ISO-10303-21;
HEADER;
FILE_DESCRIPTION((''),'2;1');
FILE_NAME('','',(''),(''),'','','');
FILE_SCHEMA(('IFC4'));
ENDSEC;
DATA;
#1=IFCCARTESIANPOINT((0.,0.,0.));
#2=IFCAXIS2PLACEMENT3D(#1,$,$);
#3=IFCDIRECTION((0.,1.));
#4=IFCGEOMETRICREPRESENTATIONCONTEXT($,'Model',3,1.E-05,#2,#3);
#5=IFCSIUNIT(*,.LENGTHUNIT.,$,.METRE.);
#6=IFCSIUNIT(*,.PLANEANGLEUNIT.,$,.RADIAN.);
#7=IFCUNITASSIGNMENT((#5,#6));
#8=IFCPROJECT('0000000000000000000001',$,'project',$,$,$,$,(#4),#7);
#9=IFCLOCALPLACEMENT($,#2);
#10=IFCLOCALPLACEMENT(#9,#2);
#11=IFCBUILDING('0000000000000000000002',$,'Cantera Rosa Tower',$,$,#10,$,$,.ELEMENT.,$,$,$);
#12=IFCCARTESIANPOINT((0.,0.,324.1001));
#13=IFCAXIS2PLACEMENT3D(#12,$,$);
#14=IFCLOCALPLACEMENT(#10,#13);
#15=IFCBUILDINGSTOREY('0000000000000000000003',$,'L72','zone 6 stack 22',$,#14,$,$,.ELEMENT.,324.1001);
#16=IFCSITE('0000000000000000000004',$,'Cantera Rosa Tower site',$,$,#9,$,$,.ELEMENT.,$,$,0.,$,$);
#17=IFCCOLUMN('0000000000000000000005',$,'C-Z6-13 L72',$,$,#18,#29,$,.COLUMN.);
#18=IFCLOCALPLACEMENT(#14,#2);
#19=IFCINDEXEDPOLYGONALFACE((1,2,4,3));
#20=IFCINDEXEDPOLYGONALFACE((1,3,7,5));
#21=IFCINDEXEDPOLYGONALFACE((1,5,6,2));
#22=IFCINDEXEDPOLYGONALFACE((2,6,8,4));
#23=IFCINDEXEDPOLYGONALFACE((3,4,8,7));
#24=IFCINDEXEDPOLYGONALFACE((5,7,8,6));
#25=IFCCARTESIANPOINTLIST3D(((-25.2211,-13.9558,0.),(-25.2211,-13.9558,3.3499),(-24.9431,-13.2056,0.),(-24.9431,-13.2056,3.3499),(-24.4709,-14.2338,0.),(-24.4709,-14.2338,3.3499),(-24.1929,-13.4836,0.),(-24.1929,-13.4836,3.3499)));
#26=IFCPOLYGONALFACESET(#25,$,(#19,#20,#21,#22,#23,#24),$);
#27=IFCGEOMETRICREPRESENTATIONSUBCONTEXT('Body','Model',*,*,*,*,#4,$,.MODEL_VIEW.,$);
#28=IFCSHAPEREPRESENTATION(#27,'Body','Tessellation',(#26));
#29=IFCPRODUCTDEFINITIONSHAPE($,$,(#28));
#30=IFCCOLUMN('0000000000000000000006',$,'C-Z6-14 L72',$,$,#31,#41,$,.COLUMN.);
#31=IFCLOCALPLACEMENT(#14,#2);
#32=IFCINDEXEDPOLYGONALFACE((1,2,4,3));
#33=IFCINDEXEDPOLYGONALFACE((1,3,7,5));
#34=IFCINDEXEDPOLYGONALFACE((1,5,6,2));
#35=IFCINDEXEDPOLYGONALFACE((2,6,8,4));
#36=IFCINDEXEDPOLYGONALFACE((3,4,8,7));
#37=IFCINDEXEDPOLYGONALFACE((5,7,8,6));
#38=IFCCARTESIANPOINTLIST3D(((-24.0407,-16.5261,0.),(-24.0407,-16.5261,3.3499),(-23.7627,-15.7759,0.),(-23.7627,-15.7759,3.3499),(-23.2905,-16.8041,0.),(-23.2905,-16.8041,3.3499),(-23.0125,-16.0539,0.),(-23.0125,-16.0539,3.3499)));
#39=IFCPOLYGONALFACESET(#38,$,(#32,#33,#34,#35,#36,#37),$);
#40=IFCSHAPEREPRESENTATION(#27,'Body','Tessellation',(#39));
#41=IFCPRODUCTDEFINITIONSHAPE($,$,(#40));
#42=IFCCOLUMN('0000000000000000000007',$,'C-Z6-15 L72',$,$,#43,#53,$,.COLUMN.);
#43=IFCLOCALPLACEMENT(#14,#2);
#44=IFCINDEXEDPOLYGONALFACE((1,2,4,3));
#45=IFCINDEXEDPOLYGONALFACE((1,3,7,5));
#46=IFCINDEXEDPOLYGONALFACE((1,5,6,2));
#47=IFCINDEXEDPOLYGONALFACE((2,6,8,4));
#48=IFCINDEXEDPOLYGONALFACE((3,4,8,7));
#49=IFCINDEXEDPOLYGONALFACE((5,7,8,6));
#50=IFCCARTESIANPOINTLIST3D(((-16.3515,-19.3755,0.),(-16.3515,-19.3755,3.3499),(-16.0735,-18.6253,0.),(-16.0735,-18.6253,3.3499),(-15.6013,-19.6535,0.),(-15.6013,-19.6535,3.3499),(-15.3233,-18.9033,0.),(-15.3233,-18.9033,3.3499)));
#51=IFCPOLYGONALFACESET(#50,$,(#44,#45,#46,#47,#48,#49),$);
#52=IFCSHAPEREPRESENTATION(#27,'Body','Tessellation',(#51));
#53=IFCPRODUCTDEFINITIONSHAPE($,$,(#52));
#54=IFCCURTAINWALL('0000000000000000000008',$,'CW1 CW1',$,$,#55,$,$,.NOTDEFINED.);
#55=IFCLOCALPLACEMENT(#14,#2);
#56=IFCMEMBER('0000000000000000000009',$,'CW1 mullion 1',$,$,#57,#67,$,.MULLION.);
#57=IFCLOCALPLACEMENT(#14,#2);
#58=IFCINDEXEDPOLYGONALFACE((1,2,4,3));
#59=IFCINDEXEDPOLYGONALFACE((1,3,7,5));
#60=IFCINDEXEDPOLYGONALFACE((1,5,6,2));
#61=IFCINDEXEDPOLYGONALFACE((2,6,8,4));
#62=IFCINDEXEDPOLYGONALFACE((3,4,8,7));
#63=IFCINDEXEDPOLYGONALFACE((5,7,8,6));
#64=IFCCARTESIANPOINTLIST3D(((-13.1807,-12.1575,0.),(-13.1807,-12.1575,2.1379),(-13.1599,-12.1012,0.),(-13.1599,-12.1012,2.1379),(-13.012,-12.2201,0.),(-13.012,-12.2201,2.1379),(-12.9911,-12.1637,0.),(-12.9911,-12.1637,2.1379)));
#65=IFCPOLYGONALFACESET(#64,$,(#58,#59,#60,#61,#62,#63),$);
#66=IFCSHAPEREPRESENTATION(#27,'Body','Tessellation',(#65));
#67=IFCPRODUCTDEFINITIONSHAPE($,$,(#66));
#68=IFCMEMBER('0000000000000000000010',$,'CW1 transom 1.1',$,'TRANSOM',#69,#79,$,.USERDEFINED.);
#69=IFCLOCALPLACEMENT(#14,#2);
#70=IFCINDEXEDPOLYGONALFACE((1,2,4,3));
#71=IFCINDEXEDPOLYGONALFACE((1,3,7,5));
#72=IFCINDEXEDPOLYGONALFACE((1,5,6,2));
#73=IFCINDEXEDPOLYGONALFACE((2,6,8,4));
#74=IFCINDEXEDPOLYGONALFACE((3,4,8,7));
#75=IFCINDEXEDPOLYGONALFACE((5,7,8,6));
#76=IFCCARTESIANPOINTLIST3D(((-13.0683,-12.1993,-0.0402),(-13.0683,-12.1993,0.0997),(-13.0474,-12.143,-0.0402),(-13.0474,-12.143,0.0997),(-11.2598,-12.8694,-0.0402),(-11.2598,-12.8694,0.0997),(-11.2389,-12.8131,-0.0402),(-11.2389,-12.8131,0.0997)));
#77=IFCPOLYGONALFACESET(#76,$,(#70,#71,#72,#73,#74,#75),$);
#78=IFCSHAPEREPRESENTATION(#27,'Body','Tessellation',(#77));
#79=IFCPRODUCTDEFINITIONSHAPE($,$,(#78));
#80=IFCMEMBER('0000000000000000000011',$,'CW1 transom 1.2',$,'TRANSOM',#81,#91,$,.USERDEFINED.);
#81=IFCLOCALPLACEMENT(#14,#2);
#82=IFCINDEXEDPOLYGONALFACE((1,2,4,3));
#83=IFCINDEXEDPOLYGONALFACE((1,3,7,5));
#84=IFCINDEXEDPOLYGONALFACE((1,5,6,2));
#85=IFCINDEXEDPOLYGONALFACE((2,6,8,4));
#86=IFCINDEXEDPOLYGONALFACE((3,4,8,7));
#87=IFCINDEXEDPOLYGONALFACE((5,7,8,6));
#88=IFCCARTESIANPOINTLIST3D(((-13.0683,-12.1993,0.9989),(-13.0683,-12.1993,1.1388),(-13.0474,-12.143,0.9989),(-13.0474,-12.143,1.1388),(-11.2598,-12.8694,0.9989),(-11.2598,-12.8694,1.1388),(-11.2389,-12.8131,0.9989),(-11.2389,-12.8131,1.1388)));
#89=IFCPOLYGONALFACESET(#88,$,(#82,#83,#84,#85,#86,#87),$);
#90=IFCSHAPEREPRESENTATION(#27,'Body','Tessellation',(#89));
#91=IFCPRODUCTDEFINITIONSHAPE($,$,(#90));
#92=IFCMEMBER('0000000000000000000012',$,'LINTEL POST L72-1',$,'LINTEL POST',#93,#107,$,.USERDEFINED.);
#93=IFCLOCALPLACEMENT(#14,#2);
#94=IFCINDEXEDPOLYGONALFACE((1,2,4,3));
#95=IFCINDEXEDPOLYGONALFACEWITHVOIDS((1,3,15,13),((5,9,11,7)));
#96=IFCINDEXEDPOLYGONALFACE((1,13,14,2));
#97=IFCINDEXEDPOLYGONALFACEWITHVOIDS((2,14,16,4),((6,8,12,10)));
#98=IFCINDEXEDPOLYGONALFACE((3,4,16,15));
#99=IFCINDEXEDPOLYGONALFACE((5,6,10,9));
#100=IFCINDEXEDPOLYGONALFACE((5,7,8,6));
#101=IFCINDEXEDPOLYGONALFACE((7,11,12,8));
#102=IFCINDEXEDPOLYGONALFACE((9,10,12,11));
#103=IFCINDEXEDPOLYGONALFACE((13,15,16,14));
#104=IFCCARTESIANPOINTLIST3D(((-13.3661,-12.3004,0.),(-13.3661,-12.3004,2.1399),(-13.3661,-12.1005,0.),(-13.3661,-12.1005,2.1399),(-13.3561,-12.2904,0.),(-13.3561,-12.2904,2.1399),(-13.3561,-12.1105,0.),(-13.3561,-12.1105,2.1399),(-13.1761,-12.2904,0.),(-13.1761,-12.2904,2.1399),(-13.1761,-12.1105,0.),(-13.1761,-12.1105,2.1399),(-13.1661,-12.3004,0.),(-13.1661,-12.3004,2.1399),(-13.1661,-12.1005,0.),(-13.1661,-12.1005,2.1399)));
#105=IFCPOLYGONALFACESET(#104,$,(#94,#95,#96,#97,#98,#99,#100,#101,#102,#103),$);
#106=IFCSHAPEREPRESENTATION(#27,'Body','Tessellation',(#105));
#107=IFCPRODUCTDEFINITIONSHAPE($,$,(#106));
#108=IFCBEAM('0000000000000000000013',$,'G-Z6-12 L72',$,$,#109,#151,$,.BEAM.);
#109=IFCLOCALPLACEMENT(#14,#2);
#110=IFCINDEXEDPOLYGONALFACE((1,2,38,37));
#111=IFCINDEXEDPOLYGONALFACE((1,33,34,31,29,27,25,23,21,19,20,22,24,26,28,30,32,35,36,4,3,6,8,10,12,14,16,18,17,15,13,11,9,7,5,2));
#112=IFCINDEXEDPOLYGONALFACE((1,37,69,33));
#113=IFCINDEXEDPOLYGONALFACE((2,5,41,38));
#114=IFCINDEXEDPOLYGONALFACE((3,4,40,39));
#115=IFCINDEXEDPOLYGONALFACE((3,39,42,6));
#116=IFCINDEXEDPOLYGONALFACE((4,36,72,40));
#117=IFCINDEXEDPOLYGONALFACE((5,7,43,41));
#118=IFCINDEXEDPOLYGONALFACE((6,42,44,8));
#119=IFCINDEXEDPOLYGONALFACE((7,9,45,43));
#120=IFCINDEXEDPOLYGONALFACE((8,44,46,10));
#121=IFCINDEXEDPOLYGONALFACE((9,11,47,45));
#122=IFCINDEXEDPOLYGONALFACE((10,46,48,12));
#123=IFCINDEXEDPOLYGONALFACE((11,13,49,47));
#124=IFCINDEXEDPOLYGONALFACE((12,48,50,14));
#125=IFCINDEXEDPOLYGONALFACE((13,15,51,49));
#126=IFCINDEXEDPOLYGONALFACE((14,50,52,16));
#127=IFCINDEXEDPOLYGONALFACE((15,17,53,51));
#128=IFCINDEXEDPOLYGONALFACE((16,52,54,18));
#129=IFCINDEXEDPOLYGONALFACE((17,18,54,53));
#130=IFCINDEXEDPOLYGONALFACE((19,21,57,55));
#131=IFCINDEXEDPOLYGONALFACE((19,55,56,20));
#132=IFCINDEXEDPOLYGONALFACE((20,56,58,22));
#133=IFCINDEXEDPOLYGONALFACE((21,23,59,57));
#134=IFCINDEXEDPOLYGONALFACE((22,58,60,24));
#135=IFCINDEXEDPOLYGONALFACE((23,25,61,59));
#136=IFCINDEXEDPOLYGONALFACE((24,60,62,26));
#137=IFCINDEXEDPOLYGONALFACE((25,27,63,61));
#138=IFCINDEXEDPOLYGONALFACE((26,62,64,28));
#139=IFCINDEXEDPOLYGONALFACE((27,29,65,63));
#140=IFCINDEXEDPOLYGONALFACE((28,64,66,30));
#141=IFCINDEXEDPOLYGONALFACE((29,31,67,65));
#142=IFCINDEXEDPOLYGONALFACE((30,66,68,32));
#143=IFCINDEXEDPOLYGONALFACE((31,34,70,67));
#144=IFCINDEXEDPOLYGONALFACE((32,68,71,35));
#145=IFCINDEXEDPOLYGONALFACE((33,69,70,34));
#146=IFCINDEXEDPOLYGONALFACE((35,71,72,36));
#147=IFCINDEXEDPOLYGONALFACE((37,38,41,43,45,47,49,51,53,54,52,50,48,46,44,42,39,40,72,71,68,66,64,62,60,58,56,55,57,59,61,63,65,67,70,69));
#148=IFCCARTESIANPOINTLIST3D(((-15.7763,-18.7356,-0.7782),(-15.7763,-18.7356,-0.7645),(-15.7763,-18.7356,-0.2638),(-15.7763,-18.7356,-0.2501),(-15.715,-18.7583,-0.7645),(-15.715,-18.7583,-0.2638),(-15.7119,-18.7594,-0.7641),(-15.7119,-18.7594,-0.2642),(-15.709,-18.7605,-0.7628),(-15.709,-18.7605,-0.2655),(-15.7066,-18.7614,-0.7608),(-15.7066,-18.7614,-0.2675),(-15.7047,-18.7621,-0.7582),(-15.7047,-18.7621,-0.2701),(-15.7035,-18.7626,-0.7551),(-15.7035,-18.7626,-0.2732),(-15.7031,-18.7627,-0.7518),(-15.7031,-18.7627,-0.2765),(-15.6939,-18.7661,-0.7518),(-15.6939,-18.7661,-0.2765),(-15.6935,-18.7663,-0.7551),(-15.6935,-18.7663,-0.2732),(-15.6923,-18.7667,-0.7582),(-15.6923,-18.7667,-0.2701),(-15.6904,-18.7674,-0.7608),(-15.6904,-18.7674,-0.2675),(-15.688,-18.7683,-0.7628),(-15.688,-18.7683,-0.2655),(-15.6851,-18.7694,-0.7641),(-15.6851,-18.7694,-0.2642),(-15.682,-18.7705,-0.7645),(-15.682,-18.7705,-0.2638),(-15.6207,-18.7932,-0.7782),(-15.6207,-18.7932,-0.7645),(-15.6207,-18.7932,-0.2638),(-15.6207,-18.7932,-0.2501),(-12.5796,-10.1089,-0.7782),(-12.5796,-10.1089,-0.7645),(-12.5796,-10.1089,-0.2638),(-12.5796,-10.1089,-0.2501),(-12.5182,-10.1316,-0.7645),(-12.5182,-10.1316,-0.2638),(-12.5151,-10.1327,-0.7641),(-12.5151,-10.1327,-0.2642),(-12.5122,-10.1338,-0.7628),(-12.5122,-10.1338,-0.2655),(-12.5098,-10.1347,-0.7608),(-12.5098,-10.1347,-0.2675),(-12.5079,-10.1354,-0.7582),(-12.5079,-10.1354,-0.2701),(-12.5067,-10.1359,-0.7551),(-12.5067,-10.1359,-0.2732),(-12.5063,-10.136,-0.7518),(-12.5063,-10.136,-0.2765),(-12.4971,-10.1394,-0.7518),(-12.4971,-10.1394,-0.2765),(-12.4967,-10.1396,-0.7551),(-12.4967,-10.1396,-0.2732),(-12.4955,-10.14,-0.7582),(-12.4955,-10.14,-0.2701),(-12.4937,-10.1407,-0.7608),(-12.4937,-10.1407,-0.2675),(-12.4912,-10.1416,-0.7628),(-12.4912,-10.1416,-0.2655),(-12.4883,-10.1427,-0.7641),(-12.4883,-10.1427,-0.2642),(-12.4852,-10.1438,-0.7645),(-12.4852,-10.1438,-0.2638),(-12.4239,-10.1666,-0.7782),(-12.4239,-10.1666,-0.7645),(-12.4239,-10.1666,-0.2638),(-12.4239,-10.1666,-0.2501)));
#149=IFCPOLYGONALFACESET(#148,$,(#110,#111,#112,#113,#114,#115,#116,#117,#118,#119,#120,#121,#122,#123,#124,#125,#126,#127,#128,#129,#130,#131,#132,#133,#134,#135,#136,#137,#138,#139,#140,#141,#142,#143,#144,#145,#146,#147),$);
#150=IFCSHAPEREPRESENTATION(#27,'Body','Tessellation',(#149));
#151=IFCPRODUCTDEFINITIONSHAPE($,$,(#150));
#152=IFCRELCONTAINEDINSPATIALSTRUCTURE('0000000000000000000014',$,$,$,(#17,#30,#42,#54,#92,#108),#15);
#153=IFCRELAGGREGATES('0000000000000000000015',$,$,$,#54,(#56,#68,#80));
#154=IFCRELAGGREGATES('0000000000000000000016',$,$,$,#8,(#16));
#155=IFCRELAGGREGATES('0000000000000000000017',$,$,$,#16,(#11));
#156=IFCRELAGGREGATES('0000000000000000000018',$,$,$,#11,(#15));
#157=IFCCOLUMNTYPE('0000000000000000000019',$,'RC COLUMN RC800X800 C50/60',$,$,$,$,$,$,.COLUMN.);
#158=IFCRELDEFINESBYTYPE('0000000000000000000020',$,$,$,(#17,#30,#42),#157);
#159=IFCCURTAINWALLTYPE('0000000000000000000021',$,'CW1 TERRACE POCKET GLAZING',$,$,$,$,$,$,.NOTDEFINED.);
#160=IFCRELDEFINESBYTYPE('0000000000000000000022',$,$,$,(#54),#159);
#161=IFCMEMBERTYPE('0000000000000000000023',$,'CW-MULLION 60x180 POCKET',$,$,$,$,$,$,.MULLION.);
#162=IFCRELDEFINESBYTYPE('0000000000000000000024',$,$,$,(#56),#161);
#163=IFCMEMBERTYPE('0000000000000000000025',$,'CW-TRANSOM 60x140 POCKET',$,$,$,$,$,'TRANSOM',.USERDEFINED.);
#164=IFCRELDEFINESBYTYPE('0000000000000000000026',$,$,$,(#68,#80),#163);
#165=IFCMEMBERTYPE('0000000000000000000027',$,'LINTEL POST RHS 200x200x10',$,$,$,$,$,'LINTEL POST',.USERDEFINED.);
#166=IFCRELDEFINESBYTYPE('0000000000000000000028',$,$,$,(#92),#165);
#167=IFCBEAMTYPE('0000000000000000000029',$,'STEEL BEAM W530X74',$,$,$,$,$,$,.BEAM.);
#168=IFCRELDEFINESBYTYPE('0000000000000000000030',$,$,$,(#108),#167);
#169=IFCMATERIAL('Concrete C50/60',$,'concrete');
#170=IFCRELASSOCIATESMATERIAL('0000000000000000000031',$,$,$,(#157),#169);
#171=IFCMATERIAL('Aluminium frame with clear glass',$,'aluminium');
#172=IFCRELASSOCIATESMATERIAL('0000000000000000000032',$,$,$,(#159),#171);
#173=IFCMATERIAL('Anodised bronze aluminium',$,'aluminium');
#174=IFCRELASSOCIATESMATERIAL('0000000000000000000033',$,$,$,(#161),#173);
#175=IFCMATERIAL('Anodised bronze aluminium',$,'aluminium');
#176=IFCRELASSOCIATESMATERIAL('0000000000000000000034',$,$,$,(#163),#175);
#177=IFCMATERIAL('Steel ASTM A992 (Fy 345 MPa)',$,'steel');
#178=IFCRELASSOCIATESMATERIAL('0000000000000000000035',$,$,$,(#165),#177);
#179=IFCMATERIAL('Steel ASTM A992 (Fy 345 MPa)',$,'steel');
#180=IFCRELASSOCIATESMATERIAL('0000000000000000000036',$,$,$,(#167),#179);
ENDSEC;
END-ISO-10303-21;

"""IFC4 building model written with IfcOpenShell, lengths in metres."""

from ifc_helpers import new_model, si_unit, direction, frame, origin, origin_2d, place, context, subcontext, project, spatial, rectangle, hollow_rectangle, i_section, extrude, material, material_profile, profile_set, type_object, element, aggregate, save


model = new_model("IFC4")

# Units and contexts
model_context = context("Model", 3, precision=1e-05, world=origin(), true_north=direction((0.0, 1.0)))
body_context = subcontext(model_context, "Body", "Model", "MODEL_VIEW")
ifc_project = project(units=[si_unit("LENGTHUNIT", "METRE"), si_unit("PLANEANGLEUNIT", "RADIAN")], contexts=[model_context])

# Site, building, storey
site_placement = place(None, origin())
site = spatial("IfcSite", under=ifc_project, at=site_placement, Name="Cantera Rosa Tower site", CompositionType="ELEMENT", RefElevation=0.0)
building_placement = place(site_placement, origin())
building = spatial("IfcBuilding", under=site, at=building_placement, Name="Cantera Rosa Tower", CompositionType="ELEMENT")
storey_placement = place(building_placement, frame((0.0, 0.0, 324.1001)))
storey = spatial("IfcBuildingStorey", under=building, at=storey_placement, Name="L72", Description="zone 6 stack 22", CompositionType="ELEMENT", Elevation=324.1001)

# Columns
ifc_material_1 = material(Name="Concrete C50/60", Category="concrete")
ifc_material_profile_1 = material_profile(ifc_material_1, rectangle(XDim=0.8, YDim=0.8, at=origin_2d()), Name="RC COLUMN RC800X800 C50/60")
ifc_profile_set_1 = profile_set([ifc_material_profile_1], Name="Concrete C50/60")
column_type = type_object("IfcColumnType", Name="RC COLUMN RC800X800 C50/60", PredefinedType="COLUMN", material=ifc_profile_set_1)
for number, where, z_axis, x_axis, name in (
    (1, (-24.707, -13.7197, 0.0), (0.0, 0.0, 1.0), (0.347481, 0.937687, 0.0), "C-Z6-13 L72"),
    (2, (-23.5266, -16.29, 0.0), (0.0, 0.0, 1.0), (0.347481, 0.937687, 0.0), "C-Z6-14 L72"),
    (3, (-15.8374, -19.1394, 0.0), (0.0, 0.0, 1.0), (0.347481, 0.937687, 0.0), "C-Z6-15 L72"),
):
    element("IfcColumn", number, at=place(storey_placement, frame(where, z_axis=z_axis, x_axis=x_axis)), inside=storey, type_object=column_type, Name=name, PredefinedType="COLUMN", context=body_context, shape_type="SweptSolid", body=[
        extrude(rectangle(XDim=0.8, YDim=0.8, at=origin_2d()), origin(), (0.0, 0.0, 1.0), 3.3499),
    ])

# Curtain wall, members
ifc_material_2 = material(Name="Aluminium frame with clear glass", Category="aluminium")
curtain_wall_type = type_object("IfcCurtainWallType", Name="CW1 TERRACE POCKET GLAZING", PredefinedType="NOTDEFINED", material=ifc_material_2)
curtain_wall_placement = place(storey_placement, origin())
curtain_wall = element("IfcCurtainWall", 4, at=curtain_wall_placement, inside=storey, type_object=curtain_wall_type, Name="CW1 CW1", PredefinedType="NOTDEFINED")
ifc_material_3 = material(Name="Anodised bronze aluminium", Category="aluminium")
ifc_material_profile_2 = material_profile(ifc_material_3, rectangle(XDim=0.0601, YDim=0.1799, at=origin_2d()), Name="CW-MULLION 60x180 POCKET")
ifc_profile_set_2 = profile_set([ifc_material_profile_2], Name="Anodised bronze aluminium")
member_type_1 = type_object("IfcMemberType", Name="CW-MULLION 60x180 POCKET", PredefinedType="MULLION", material=ifc_profile_set_2)
member_1_placement = place(storey_placement, frame((-13.0859, -12.1606, 0.0), z_axis=(0.0, 0.0, 1.0), x_axis=(0.347481, 0.937687, 0.0)))
member_1 = element("IfcMember", 5, at=member_1_placement, type_object=member_type_1, Name="CW1 mullion 1", PredefinedType="MULLION", context=body_context, shape_type="SweptSolid", body=[
    extrude(rectangle(XDim=0.0601, YDim=0.1799, at=origin_2d()), origin(), (0.0, 0.0, 1.0), 2.1379),
])
ifc_material_4 = material(Name="Anodised bronze aluminium", Category="aluminium")
ifc_material_profile_3 = material_profile(ifc_material_4, rectangle(XDim=0.0601, YDim=0.1399, at=origin_2d()), Name="CW-TRANSOM 60x140 POCKET")
ifc_profile_set_3 = profile_set([ifc_material_profile_3], Name="Anodised bronze aluminium")
member_type_2 = type_object("IfcMemberType", Name="CW-TRANSOM 60x140 POCKET", ElementType="TRANSOM", PredefinedType="USERDEFINED", material=ifc_profile_set_3)
member_2_placement = place(storey_placement, frame((-13.0579, -12.1711, 0.0298), z_axis=(0.937695, -0.347459, 0.0), x_axis=(0.347459, 0.937695, 0.0)))
member_2 = element("IfcMember", 6, at=member_2_placement, type_object=member_type_2, Name="CW1 transom 1.1", ObjectType="TRANSOM", PredefinedType="USERDEFINED", context=body_context, shape_type="SweptSolid", body=[
    extrude(rectangle(XDim=0.0601, YDim=0.1399, at=origin_2d()), origin(), (0.0, 0.0, 1.0), 1.9287),
])
member_3_placement = place(storey_placement, frame((-13.0579, -12.1711, 1.0688), z_axis=(0.937695, -0.347459, 0.0), x_axis=(0.347459, 0.937695, 0.0)))
member_3 = element("IfcMember", 7, at=member_3_placement, type_object=member_type_2, Name="CW1 transom 1.2", ObjectType="TRANSOM", PredefinedType="USERDEFINED", context=body_context, shape_type="SweptSolid", body=[
    extrude(rectangle(XDim=0.0601, YDim=0.1399, at=origin_2d()), origin(), (0.0, 0.0, 1.0), 1.9287),
])
aggregate(curtain_wall, [member_1, member_2, member_3])

# Member
ifc_material_5 = material(Name="Steel ASTM A992 (Fy 345 MPa)", Category="steel")
ifc_material_profile_4 = material_profile(ifc_material_5, hollow_rectangle(XDim=0.2, YDim=0.2, WallThickness=0.01, at=origin_2d()), Name="LINTEL POST RHS 200x200x10")
ifc_profile_set_4 = profile_set([ifc_material_profile_4], Name="Steel ASTM A992 (Fy 345 MPa)")
member_type_3 = type_object("IfcMemberType", Name="LINTEL POST RHS 200x200x10", ElementType="LINTEL POST", PredefinedType="USERDEFINED", material=ifc_profile_set_4)
member_4_placement = place(storey_placement, frame((-13.2661, -12.2004, 0.0), z_axis=(0.0, 0.0, 1.0), x_axis=(1.0, 0.0, 0.0)))
element("IfcMember", 8, at=member_4_placement, inside=storey, type_object=member_type_3, Name="LINTEL POST L72-1", ObjectType="LINTEL POST", PredefinedType="USERDEFINED", context=body_context, shape_type="SweptSolid", body=[
    extrude(hollow_rectangle(XDim=0.2, YDim=0.2, WallThickness=0.01, at=origin_2d()), origin(), (0.0, 0.0, 1.0), 2.1399),
])

# Beam
ifc_material_6 = material(Name="Steel ASTM A992 (Fy 345 MPa)", Category="steel")
ifc_material_profile_5 = material_profile(ifc_material_6, i_section(OverallWidth=0.166, OverallDepth=0.5281, WebThickness=0.0098, FlangeThickness=0.0137, FilletRadius=0.0127, at=origin_2d()), Name="W530X74")
ifc_profile_set_5 = profile_set([ifc_material_profile_5], Name="Steel ASTM A992 (Fy 345 MPa)")
beam_type_1 = type_object("IfcBeamType", Name="STEEL BEAM W530X74", PredefinedType="BEAM", material=ifc_profile_set_5)
beam_1_placement = place(storey_placement, frame((-15.6985, -18.7644, -0.5142), z_axis=(0.347477, 0.937689, 0.0), x_axis=(-0.937689, 0.347477, 0.0)))
element("IfcBeam", 9, at=beam_1_placement, inside=storey, type_object=beam_type_1, Name="G-Z6-12 L72", PredefinedType="BEAM", context=body_context, shape_type="SweptSolid", body=[
    extrude(i_section(OverallWidth=0.166, OverallDepth=0.5281, WebThickness=0.0098, FlangeThickness=0.0137, FilletRadius=0.0127, at=origin_2d()), origin(), (0.0, 0.0, 1.0), 9.2),
])

save(model, "model.ifc")
